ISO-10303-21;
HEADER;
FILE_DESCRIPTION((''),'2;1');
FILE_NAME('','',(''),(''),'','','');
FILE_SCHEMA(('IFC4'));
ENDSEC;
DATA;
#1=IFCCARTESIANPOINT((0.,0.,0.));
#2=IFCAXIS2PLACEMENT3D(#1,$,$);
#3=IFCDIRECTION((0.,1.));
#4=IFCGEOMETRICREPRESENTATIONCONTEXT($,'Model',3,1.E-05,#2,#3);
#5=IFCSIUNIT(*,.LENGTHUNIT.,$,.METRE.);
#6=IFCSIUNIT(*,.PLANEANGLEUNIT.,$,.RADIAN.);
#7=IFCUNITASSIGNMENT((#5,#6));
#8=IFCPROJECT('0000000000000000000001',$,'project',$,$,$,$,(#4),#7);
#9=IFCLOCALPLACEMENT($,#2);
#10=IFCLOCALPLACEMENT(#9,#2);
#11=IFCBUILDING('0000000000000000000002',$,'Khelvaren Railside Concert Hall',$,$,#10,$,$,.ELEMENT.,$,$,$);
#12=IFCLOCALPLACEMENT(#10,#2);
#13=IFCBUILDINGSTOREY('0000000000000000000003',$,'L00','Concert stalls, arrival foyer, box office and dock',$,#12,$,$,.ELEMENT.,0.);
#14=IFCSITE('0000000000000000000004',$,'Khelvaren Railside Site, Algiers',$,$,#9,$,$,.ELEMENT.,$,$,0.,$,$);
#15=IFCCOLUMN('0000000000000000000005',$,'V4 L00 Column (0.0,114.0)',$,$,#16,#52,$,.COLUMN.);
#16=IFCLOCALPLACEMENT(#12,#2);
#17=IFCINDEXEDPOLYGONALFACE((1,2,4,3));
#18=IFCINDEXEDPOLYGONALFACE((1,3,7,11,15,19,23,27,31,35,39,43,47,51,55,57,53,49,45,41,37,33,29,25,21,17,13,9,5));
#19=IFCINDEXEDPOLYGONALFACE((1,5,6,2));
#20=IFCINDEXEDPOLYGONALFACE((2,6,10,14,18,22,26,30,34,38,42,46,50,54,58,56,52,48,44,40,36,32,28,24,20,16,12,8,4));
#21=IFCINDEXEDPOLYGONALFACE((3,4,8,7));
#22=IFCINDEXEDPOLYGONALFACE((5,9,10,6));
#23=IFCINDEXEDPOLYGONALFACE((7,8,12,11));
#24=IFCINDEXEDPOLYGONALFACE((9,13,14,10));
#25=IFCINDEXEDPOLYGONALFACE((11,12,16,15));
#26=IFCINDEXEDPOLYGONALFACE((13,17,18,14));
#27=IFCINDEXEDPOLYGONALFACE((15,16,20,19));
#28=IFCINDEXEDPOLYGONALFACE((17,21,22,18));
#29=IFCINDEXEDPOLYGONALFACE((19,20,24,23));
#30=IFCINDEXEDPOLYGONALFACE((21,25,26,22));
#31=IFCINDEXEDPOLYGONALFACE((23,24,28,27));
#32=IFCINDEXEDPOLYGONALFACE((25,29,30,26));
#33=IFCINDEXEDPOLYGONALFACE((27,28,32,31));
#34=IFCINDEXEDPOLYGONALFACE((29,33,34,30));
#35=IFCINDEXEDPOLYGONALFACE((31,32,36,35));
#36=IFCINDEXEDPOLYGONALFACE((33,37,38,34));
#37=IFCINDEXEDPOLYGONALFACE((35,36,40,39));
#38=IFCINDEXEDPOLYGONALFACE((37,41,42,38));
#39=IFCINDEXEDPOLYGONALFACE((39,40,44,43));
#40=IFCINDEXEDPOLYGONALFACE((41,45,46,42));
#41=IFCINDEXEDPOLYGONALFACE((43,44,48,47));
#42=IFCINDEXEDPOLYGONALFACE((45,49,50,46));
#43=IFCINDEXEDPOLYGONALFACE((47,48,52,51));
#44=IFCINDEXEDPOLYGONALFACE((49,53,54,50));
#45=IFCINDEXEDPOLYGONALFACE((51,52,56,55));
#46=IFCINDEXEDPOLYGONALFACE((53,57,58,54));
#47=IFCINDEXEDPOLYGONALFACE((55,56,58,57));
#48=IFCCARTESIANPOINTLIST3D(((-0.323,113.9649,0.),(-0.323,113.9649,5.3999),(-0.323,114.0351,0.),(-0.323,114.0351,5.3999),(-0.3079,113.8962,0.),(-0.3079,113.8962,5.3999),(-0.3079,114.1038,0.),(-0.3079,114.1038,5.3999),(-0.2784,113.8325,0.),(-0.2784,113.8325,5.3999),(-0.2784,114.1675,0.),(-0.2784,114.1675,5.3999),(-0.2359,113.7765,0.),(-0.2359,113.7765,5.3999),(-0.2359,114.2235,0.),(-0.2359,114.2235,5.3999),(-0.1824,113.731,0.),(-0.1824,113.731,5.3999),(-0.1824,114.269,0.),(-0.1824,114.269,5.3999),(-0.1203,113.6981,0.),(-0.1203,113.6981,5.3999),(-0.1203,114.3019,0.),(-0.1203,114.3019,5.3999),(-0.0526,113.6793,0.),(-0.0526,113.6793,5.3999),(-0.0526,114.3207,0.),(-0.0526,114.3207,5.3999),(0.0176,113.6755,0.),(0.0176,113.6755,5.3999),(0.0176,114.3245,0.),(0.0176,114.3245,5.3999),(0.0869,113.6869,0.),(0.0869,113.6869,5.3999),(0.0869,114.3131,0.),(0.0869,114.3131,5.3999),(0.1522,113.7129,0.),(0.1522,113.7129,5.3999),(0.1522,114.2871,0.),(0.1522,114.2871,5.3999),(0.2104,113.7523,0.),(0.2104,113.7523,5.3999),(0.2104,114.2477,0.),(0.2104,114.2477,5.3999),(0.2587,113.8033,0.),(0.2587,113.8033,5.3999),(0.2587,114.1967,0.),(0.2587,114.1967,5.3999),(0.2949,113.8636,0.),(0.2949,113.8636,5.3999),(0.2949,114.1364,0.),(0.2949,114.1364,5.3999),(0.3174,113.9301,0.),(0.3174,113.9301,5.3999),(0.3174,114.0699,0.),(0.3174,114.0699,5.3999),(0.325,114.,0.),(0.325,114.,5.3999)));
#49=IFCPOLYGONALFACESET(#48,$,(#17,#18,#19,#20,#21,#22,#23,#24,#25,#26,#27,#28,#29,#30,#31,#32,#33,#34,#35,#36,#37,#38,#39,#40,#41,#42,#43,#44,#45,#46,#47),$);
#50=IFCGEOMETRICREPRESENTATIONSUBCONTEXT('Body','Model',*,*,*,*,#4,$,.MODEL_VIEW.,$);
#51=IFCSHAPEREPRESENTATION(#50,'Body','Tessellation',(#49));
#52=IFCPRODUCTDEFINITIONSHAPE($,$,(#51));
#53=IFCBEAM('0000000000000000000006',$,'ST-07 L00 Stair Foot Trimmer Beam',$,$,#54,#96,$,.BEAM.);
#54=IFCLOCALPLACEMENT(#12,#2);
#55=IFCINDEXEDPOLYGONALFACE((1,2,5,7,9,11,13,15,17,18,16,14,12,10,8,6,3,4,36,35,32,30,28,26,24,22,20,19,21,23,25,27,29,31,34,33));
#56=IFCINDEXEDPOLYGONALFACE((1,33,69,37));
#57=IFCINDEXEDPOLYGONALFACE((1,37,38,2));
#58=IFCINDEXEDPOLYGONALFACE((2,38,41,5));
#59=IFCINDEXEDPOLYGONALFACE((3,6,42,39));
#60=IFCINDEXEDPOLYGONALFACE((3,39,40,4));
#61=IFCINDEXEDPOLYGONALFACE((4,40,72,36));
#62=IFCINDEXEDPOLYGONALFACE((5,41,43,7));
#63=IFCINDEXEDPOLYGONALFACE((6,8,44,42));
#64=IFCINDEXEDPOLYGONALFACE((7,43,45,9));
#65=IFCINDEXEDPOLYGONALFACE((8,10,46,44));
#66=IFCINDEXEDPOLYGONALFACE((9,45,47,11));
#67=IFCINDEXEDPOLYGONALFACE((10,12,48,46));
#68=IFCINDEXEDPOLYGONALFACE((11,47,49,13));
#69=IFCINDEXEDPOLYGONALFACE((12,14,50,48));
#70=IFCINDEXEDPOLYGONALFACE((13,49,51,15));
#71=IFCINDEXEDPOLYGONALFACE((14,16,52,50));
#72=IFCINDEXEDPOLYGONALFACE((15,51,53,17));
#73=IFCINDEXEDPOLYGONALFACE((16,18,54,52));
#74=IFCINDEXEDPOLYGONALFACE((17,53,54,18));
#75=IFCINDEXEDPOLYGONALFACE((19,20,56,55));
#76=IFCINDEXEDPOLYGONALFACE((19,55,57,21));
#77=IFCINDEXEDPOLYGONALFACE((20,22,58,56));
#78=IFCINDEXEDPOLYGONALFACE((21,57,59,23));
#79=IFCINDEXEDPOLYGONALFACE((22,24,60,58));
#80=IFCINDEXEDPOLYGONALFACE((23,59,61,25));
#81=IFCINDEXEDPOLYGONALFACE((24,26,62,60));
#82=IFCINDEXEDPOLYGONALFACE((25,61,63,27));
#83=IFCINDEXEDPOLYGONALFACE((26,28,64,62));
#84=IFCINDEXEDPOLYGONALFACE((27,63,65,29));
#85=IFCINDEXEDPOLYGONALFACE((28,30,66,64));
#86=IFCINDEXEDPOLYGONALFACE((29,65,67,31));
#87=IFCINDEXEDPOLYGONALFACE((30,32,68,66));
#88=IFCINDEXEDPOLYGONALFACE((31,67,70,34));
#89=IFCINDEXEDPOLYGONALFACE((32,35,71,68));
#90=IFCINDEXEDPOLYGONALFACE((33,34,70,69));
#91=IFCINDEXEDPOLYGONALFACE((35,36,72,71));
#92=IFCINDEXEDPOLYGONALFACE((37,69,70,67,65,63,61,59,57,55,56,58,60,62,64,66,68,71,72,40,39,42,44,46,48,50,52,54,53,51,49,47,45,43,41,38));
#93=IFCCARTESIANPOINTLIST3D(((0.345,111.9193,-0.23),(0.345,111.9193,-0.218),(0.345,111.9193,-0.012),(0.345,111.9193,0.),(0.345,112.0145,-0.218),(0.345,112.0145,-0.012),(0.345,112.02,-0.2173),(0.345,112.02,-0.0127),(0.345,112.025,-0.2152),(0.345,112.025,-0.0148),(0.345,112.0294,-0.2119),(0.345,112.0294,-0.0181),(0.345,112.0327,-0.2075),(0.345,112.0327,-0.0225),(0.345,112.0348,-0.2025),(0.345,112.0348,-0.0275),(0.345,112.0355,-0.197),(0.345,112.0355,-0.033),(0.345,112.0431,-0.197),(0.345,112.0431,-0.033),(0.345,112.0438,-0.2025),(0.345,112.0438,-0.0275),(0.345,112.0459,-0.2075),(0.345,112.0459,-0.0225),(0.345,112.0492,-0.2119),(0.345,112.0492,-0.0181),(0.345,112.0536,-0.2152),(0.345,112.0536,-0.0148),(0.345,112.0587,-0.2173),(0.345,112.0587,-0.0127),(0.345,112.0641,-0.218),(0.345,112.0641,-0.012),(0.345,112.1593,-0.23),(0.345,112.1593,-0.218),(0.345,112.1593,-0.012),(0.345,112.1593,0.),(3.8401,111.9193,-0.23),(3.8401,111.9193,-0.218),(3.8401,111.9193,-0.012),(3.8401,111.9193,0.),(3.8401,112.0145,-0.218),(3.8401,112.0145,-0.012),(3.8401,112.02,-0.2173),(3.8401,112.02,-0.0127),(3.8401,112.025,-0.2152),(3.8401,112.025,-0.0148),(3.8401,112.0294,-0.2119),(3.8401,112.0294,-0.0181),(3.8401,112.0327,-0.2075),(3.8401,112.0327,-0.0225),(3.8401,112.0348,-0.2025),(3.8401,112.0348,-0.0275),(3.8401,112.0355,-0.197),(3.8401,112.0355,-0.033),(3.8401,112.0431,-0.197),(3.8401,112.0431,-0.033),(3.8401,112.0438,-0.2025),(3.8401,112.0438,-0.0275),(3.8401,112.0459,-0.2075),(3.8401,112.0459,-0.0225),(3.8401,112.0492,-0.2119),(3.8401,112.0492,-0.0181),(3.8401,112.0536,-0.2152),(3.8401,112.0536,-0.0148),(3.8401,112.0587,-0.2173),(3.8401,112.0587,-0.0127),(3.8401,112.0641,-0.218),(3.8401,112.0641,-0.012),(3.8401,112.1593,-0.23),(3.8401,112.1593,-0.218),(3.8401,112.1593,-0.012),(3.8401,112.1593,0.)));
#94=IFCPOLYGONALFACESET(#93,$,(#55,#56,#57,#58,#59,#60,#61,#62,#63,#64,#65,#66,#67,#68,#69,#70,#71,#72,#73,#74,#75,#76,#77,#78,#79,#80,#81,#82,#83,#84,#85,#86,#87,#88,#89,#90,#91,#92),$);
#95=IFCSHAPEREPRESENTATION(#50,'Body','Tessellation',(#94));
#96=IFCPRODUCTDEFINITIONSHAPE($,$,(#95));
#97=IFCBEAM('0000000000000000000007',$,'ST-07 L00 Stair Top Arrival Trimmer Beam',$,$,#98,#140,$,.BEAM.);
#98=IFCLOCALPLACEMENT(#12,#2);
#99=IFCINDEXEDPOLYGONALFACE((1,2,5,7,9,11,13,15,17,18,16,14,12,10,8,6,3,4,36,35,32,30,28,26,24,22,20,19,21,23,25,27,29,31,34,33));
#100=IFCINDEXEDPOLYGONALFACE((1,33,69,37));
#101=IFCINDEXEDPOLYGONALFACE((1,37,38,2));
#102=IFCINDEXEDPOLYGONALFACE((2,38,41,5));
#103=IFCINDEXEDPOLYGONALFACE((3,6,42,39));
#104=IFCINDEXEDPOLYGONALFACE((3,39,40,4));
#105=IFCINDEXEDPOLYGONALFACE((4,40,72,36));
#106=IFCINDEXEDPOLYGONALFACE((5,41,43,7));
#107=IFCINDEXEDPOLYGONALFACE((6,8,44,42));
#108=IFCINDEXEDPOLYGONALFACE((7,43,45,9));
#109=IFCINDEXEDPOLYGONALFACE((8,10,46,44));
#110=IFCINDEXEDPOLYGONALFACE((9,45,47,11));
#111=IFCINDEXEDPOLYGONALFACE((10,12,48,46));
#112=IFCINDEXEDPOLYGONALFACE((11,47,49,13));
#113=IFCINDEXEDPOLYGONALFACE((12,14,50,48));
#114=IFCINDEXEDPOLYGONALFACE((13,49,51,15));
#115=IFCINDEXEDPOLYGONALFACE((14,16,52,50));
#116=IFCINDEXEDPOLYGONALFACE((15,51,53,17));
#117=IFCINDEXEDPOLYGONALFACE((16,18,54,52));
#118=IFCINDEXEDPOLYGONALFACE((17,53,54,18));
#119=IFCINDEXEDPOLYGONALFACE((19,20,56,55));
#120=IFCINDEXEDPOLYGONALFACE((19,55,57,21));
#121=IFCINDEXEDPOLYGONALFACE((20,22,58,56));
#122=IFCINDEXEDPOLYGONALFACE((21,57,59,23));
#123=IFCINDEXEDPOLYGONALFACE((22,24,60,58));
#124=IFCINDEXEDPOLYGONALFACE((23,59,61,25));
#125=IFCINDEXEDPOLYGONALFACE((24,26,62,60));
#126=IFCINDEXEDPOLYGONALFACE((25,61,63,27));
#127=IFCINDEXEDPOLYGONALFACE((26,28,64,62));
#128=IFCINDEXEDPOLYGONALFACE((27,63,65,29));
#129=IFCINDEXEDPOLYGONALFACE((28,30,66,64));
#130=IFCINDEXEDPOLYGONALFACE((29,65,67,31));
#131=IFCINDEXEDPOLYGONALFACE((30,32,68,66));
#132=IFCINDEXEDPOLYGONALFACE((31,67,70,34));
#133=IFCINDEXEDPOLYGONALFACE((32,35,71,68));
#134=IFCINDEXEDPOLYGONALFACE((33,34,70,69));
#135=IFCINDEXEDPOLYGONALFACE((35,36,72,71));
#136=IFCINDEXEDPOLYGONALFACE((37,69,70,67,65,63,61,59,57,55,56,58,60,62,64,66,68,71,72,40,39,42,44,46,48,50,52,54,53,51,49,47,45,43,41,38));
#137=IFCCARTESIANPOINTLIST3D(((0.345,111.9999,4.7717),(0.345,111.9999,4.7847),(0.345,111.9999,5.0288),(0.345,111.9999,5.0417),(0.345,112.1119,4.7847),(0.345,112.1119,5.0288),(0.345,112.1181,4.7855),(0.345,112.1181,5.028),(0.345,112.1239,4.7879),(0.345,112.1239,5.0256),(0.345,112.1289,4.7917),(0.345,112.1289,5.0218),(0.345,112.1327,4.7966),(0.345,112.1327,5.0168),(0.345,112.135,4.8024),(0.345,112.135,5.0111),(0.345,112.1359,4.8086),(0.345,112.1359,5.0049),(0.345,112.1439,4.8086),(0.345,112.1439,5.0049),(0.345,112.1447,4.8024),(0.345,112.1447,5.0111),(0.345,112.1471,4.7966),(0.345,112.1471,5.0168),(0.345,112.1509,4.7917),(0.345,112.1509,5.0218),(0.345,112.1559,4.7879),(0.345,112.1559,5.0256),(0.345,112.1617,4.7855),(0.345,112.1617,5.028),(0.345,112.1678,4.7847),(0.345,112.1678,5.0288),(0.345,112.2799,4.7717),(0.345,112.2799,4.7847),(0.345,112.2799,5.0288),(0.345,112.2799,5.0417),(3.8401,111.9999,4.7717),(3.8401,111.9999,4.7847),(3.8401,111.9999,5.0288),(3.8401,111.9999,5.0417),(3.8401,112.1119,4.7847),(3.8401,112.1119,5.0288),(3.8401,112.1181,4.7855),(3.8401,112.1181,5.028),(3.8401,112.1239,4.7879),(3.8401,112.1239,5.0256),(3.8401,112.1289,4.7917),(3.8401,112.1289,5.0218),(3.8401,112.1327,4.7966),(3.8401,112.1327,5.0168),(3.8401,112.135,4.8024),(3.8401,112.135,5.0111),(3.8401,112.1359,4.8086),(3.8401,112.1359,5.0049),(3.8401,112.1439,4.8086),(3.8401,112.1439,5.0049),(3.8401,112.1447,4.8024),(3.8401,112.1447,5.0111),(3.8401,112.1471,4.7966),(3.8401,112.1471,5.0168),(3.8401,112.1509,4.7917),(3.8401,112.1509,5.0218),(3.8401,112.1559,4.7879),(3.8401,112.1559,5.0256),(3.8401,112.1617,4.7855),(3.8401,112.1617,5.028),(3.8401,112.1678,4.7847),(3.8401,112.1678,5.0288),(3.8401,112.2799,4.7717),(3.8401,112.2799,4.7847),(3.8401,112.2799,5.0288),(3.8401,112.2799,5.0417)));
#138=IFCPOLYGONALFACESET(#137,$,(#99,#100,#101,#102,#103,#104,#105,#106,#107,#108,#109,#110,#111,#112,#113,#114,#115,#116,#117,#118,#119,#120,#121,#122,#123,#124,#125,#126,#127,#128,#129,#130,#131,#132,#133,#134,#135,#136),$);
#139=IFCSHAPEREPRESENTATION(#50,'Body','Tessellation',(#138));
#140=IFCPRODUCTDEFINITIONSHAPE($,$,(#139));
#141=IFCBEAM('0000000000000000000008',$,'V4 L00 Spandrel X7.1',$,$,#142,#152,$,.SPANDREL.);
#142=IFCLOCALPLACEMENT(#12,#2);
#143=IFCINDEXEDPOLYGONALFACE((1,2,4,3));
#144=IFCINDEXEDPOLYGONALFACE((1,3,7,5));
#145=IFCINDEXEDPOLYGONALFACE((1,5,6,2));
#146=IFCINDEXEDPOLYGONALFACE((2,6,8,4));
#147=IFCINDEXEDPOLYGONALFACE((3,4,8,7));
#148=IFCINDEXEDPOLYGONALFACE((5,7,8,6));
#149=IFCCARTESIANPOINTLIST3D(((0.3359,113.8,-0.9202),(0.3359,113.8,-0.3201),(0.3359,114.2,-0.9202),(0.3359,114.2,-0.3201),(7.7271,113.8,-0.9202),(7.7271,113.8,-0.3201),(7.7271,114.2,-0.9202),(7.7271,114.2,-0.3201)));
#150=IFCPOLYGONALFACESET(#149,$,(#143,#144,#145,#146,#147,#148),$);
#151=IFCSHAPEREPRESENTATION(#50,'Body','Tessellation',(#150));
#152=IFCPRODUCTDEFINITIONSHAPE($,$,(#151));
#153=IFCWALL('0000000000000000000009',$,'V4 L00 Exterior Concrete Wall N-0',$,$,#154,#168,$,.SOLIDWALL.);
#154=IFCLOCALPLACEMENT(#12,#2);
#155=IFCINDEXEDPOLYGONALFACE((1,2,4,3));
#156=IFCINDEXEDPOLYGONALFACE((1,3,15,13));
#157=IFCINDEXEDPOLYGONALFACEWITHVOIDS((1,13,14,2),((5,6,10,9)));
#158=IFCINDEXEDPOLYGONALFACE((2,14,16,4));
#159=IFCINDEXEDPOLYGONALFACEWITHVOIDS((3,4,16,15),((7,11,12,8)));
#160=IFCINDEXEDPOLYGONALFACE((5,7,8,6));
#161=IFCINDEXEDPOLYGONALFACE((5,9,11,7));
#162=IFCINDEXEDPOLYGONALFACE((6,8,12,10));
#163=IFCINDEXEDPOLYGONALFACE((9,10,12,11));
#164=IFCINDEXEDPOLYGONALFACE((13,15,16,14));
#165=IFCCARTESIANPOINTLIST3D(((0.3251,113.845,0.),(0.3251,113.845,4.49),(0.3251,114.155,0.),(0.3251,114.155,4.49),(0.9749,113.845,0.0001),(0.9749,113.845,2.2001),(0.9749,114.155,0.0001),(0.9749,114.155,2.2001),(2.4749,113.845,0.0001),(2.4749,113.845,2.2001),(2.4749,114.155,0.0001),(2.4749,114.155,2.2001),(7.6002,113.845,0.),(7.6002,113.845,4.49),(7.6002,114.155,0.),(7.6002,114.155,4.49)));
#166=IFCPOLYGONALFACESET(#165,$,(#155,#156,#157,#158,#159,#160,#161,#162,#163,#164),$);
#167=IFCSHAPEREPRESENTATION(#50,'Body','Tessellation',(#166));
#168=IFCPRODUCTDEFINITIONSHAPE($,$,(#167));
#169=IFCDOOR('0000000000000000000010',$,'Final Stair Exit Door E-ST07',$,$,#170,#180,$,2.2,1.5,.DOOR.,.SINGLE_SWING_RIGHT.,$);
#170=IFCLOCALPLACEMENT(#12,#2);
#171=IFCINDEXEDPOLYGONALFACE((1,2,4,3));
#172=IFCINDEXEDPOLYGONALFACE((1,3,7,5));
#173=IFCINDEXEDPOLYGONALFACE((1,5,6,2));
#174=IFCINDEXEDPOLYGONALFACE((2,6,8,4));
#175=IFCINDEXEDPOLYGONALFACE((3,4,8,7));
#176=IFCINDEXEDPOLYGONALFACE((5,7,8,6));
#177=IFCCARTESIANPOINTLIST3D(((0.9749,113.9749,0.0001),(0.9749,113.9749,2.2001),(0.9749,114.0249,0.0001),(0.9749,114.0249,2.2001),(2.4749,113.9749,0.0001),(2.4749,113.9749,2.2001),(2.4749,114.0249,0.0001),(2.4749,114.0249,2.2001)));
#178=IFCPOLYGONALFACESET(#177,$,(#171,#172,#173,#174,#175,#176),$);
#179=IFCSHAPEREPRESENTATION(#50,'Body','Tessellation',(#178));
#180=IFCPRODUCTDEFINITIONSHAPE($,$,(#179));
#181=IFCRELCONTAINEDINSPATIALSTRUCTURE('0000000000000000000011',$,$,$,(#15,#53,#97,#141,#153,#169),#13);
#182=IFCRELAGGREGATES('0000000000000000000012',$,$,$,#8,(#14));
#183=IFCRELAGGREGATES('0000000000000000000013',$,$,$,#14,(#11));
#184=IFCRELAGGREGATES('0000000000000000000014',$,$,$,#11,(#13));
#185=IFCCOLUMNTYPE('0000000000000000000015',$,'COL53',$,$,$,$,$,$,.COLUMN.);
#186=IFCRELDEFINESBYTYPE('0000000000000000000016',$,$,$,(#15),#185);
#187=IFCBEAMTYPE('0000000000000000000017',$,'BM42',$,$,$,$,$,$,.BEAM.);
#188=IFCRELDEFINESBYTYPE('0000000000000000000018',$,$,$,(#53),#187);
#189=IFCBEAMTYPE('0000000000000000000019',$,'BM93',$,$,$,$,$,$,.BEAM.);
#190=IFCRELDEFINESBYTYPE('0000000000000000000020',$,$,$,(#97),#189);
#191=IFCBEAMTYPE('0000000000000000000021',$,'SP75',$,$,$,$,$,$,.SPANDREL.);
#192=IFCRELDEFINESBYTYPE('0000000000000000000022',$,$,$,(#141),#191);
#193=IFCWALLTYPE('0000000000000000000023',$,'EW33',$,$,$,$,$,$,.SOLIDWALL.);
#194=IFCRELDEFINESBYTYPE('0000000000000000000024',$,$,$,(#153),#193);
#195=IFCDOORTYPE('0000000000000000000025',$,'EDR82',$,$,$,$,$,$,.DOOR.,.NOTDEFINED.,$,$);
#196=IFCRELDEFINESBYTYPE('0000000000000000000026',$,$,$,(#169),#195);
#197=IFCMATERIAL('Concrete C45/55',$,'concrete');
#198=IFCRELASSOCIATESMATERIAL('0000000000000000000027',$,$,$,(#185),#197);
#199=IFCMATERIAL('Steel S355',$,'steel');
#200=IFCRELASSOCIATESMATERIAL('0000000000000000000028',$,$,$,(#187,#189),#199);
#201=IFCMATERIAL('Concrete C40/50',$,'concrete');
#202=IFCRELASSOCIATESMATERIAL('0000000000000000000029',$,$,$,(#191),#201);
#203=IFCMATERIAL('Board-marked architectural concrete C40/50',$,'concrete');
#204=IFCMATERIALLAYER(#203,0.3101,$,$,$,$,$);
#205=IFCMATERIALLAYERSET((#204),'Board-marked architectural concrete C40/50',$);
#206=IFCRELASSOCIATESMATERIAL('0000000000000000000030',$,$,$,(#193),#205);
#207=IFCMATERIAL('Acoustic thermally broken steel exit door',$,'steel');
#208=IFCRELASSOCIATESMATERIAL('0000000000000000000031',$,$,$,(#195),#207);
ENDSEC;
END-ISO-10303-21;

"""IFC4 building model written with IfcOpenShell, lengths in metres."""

from ifc_helpers import new_model, si_unit, direction, frame, frame_2d, origin, origin_2d, place, context, subcontext, project, spatial, rectangle, circle, i_section, extrude, material, layer, layer_set, material_profile, profile_set, type_object, element, fill, save


model = new_model("IFC4")

# Units and contexts
model_context = context("Model", 3, precision=1e-05, world=origin(), true_north=direction((0.0, 1.0)))
body_context = subcontext(model_context, "Body", "Model", "MODEL_VIEW")
ifc_project = project(units=[si_unit("LENGTHUNIT", "METRE"), si_unit("PLANEANGLEUNIT", "RADIAN")], contexts=[model_context])

# Site, building, storey
site_placement = place(None, origin())
site = spatial("IfcSite", under=ifc_project, at=site_placement, Name="Khelvaren Railside Site, Algiers", CompositionType="ELEMENT", RefElevation=0.0)
building_placement = place(site_placement, origin())
building = spatial("IfcBuilding", under=site, at=building_placement, Name="Khelvaren Railside Concert Hall", CompositionType="ELEMENT")
storey_placement = place(building_placement, origin())
storey = spatial("IfcBuildingStorey", under=building, at=storey_placement, Name="L00", Description="Concert stalls, arrival foyer, box office and dock", CompositionType="ELEMENT", Elevation=0.0)

# Column
ifc_material_1 = material(Name="Concrete C45/55", Category="concrete")
ifc_material_profile_1 = material_profile(ifc_material_1, circle(Radius=0.325, at=origin_2d()), Name="RC D650")
ifc_profile_set_1 = profile_set([ifc_material_profile_1], Name="Concrete C45/55")
column_type = type_object("IfcColumnType", Name="COL53", PredefinedType="COLUMN", material=ifc_profile_set_1)
column_placement = place(storey_placement, frame((0.0, 114.0, 0.0), z_axis=(0.0, 0.0, 1.0), x_axis=(1.0, 0.0, 0.0)))
element("IfcColumn", 1, at=column_placement, inside=storey, type_object=column_type, Name="V4 L00 Column (0.0,114.0)", PredefinedType="COLUMN", context=body_context, shape_type="SweptSolid", body=[
    extrude(circle(Radius=0.325, at=origin_2d()), origin(), (0.0, 0.0, 1.0), 5.3999),
])

# Beams
ifc_material_2 = material(Name="Steel S355", Category="steel")
ifc_material_profile_2 = material_profile(ifc_material_2, i_section(OverallWidth=0.24, OverallDepth=0.23, WebThickness=0.0076, FlangeThickness=0.012, FilletRadius=0.021, at=origin_2d()), Name="HEA 240")
ifc_profile_set_2 = profile_set([ifc_material_profile_2], Name="Steel S355")
beam_type_1 = type_object("IfcBeamType", Name="BM42", PredefinedType="BEAM", material=ifc_profile_set_2)
beam_1_placement = place(storey_placement, frame((0.345, 112.0393, -0.115), z_axis=(1.0, 0.0, 0.0), x_axis=(0.0, 1.0, 0.0)))
element("IfcBeam", 2, at=beam_1_placement, inside=storey, type_object=beam_type_1, Name="ST-07 L00 Stair Foot Trimmer Beam", PredefinedType="BEAM", context=body_context, shape_type="SweptSolid", body=[
    extrude(i_section(OverallWidth=0.24, OverallDepth=0.23, WebThickness=0.0076, FlangeThickness=0.012, FilletRadius=0.021, at=origin_2d()), origin(), (0.0, 0.0, 1.0), 3.4951),
])
ifc_material_profile_3 = material_profile(ifc_material_2, i_section(OverallWidth=0.28, OverallDepth=0.27, WebThickness=0.0081, FlangeThickness=0.0129, FilletRadius=0.0239, at=origin_2d()), Name="HEA 280")
ifc_profile_set_3 = profile_set([ifc_material_profile_3], Name="Steel S355")
beam_type_2 = type_object("IfcBeamType", Name="BM93", PredefinedType="BEAM", material=ifc_profile_set_3)
beam_2_placement = place(storey_placement, frame((0.345, 112.1399, 4.9067), z_axis=(1.0, 0.0, 0.0), x_axis=(0.0, 1.0, 0.0)))
element("IfcBeam", 3, at=beam_2_placement, inside=storey, type_object=beam_type_2, Name="ST-07 L00 Stair Top Arrival Trimmer Beam", PredefinedType="BEAM", context=body_context, shape_type="SweptSolid", body=[
    extrude(i_section(OverallWidth=0.28, OverallDepth=0.27, WebThickness=0.0081, FlangeThickness=0.0129, FilletRadius=0.0239, at=origin_2d()), origin(), (0.0, 0.0, 1.0), 3.4951),
])
ifc_material_3 = material(Name="Concrete C40/50", Category="concrete")
ifc_material_profile_4 = material_profile(ifc_material_3, rectangle(XDim=0.3999, YDim=0.6001, at=origin_2d()), Name="RCB 400x600")
ifc_profile_set_4 = profile_set([ifc_material_profile_4], Name="Concrete C40/50")
beam_type_3 = type_object("IfcBeamType", Name="SP75", PredefinedType="SPANDREL", material=ifc_profile_set_4)
beam_3_placement = place(storey_placement, frame((0.3359, 114.0, -0.6201), z_axis=(1.0, 0.0, 0.0), x_axis=(0.0, 1.0, 0.0)))
element("IfcBeam", 4, at=beam_3_placement, inside=storey, type_object=beam_type_3, Name="V4 L00 Spandrel X7.1", PredefinedType="SPANDREL", context=body_context, shape_type="SweptSolid", body=[
    extrude(rectangle(XDim=0.3999, YDim=0.6001, at=origin_2d()), origin(), (0.0, 0.0, 1.0), 7.3911),
])

# Wall, opening, door
ifc_material_4 = material(Name="Board-marked architectural concrete C40/50", Category="concrete")
ifc_layer = layer(ifc_material_4, 0.3101)
ifc_layer_set = layer_set([ifc_layer], Name="Board-marked architectural concrete C40/50")
wall_type = type_object("IfcWallType", Name="EW33", PredefinedType="SOLIDWALL", material=ifc_layer_set)
wall_placement = place(storey_placement, frame((0.325, 114.0, 0.0), z_axis=(0.0, 0.0, 1.0), x_axis=(1.0, 0.0, 0.0)))
wall = element("IfcWall", 5, at=wall_placement, inside=storey, type_object=wall_type, Name="V4 L00 Exterior Concrete Wall N-0", PredefinedType="SOLIDWALL", context=body_context, shape_type="SweptSolid", body=[
    extrude(rectangle(XDim=7.2751, YDim=0.3101, at=frame_2d((3.6377, 0.0))), origin(), (0.0, 0.0, 1.0), 4.49),
])
opening_placement = place(wall_placement, frame((0.6499, 0.0, 0.0)))
opening = element("IfcOpeningElement", 6, at=opening_placement, cuts=wall, PredefinedType="OPENING", context=body_context, shape_type="SweptSolid", body=[
    extrude(rectangle(XDim=1.5, YDim=2.2, at=frame_2d((0.75, 1.1001))), frame((0.0, 0.165, 0.0), z_axis=(0.0, -1.0, 0.0), x_axis=(1.0, 0.0, 0.0)), (0.0, 0.0, 1.0), 0.3301),
])
ifc_material_5 = material(Name="Acoustic thermally broken steel exit door", Category="steel")
door_type = type_object("IfcDoorType", Name="EDR82", OperationType="NOTDEFINED", PredefinedType="DOOR", material=ifc_material_5)
door_placement = place(opening_placement, origin())
door = element("IfcDoor", 7, at=door_placement, inside=storey, type_object=door_type, Name="Final Stair Exit Door E-ST07", OperationType="SINGLE_SWING_RIGHT", OverallHeight=2.2, OverallWidth=1.5, PredefinedType="DOOR", context=body_context, shape_type="SweptSolid", body=[
    extrude(rectangle(XDim=1.5, YDim=2.2, at=frame_2d((0.75, 1.1001))), frame((0.0, 0.0249, 0.0), z_axis=(0.0, -1.0, 0.0), x_axis=(1.0, 0.0, 0.0)), (0.0, 0.0, 1.0), 0.05),
])
fill(opening, door)

save(model, "model.ifc")
